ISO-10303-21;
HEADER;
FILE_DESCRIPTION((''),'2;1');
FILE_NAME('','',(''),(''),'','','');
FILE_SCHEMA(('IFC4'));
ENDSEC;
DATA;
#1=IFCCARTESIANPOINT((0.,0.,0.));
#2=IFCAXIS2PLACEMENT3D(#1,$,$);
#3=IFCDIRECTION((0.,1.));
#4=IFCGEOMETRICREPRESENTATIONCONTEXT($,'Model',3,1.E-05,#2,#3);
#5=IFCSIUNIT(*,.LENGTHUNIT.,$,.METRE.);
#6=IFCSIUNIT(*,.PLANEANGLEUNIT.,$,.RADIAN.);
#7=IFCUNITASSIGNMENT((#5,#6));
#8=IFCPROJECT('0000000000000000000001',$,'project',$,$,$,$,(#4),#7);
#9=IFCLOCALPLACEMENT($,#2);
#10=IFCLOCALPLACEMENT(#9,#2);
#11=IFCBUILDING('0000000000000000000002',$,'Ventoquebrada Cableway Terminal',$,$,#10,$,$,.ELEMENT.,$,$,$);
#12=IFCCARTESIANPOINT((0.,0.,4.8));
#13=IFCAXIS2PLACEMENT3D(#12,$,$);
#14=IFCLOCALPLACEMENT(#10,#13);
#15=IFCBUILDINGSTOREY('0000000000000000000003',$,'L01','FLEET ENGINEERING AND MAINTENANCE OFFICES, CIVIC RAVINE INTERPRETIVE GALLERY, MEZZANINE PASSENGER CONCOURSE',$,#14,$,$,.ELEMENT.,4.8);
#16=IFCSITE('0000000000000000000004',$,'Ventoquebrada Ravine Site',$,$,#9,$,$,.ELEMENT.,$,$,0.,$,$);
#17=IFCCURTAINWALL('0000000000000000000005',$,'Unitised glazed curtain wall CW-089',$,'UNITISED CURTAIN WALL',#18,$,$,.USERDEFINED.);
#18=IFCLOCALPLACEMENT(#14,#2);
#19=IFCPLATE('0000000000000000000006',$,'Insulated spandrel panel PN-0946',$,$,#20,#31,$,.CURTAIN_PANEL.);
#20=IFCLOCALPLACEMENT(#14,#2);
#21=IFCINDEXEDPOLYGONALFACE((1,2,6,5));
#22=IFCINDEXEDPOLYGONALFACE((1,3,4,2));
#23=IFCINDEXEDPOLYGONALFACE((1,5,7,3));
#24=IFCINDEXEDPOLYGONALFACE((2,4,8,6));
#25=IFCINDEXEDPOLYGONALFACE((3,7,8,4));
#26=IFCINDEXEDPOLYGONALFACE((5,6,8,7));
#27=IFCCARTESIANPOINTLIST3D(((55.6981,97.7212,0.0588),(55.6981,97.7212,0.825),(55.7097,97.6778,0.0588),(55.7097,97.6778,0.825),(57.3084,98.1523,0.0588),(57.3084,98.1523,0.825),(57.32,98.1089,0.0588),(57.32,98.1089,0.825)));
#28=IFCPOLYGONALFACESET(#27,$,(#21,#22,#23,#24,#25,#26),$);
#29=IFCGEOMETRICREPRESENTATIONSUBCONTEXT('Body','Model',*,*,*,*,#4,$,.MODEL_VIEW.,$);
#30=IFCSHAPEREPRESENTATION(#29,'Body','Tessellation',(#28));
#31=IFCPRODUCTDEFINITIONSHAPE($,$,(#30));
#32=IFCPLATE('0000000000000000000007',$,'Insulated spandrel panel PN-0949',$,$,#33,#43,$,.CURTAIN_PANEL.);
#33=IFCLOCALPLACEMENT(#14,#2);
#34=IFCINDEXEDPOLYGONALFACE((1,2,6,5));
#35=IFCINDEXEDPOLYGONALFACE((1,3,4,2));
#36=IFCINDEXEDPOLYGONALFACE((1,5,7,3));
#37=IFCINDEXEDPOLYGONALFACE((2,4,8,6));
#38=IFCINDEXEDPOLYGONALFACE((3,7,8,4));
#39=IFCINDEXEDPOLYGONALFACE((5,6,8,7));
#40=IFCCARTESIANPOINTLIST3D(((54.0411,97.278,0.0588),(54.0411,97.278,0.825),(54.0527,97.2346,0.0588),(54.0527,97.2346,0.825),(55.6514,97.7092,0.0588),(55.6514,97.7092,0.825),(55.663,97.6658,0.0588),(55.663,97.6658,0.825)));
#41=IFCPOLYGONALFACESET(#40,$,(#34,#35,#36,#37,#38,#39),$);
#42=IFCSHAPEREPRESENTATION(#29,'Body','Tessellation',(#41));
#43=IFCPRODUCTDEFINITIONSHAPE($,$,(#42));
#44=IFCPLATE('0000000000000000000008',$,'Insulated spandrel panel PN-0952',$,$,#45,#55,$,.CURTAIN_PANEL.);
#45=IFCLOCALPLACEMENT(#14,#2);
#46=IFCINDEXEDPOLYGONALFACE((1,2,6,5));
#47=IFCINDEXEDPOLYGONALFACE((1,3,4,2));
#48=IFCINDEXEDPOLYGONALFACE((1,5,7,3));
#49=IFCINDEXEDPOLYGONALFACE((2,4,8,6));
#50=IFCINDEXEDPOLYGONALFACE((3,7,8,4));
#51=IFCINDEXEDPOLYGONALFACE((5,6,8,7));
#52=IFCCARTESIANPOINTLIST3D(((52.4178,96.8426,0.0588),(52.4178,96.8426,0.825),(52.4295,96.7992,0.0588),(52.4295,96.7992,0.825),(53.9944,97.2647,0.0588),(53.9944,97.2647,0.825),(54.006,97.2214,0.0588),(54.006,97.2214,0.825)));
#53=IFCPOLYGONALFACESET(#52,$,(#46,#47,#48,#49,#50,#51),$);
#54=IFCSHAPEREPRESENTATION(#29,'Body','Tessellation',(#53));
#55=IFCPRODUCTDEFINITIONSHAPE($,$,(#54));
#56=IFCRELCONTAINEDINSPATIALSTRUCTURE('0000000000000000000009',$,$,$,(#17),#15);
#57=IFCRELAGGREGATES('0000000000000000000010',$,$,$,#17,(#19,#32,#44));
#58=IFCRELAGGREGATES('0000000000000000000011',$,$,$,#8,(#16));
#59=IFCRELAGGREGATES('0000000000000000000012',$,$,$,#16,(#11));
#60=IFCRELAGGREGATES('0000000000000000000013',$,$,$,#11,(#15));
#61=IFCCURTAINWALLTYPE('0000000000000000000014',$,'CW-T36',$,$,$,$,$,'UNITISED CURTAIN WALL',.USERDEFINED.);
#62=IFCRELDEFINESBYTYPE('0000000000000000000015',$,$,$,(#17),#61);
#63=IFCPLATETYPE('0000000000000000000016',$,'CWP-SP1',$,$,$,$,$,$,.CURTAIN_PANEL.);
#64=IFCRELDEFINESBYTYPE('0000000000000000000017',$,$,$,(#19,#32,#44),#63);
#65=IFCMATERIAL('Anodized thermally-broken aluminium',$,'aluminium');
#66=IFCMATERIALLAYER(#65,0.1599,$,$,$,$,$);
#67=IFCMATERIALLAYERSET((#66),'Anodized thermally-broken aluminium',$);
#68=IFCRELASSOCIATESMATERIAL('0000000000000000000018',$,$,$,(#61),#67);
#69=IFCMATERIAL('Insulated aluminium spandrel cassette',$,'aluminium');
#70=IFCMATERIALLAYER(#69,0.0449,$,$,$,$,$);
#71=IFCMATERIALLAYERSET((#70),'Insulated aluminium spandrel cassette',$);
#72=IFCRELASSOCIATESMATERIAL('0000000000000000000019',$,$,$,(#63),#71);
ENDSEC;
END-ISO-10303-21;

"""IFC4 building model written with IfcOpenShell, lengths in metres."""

from ifc_helpers import new_model, si_unit, direction, frame, origin, origin_2d, place, context, subcontext, project, spatial, rectangle, extrude, material, layer, layer_set, type_object, element, aggregate, save


model = new_model("IFC4")

# Units and contexts
model_context = context("Model", 3, precision=1e-05, world=origin(), true_north=direction((0.0, 1.0)))
body_context = subcontext(model_context, "Body", "Model", "MODEL_VIEW")
ifc_project = project(units=[si_unit("LENGTHUNIT", "METRE"), si_unit("PLANEANGLEUNIT", "RADIAN")], contexts=[model_context])

# Site, building, storey
site_placement = place(None, origin())
site = spatial("IfcSite", under=ifc_project, at=site_placement, Name="Ventoquebrada Ravine Site", CompositionType="ELEMENT", RefElevation=0.0)
building_placement = place(site_placement, origin())
building = spatial("IfcBuilding", under=site, at=building_placement, Name="Ventoquebrada Cableway Terminal", CompositionType="ELEMENT")
storey_placement = place(building_placement, frame((0.0, 0.0, 4.8)))
storey = spatial("IfcBuildingStorey", under=building, at=storey_placement, Name="L01", Description="FLEET ENGINEERING AND MAINTENANCE OFFICES, CIVIC RAVINE INTERPRETIVE GALLERY, MEZZANINE PASSENGER CONCOURSE", CompositionType="ELEMENT", Elevation=4.8)

# Shared definitions
ifc_material_1 = material(Name="Anodized thermally-broken aluminium", Category="aluminium")

# Curtain wall
ifc_layer_1 = layer(ifc_material_1, 0.1599)
ifc_layer_set_1 = layer_set([ifc_layer_1], Name="Anodized thermally-broken aluminium")
curtain_wall_type_1 = type_object("IfcCurtainWallType", Name="CW-T36", ElementType="UNITISED CURTAIN WALL", PredefinedType="USERDEFINED", material=ifc_layer_set_1)
curtain_wall_1_placement = place(storey_placement, origin())
curtain_wall_1 = element("IfcCurtainWall", 1, at=curtain_wall_1_placement, inside=storey, type_object=curtain_wall_type_1, Name="Unitised glazed curtain wall CW-089", ObjectType="UNITISED CURTAIN WALL", PredefinedType="USERDEFINED")

# Plates
ifc_material_2 = material(Name="Insulated aluminium spandrel cassette", Category="aluminium")
ifc_layer_2 = layer(ifc_material_2, 0.0449)
ifc_layer_set_2 = layer_set([ifc_layer_2], Name="Insulated aluminium spandrel cassette")
plate_type_1 = type_object("IfcPlateType", Name="CWP-SP1", PredefinedType="CURTAIN_PANEL", material=ifc_layer_set_2)
plate_1_placement = place(storey_placement, frame((56.509, 97.915, 0.0588), z_axis=(0.0, 0.0, 1.0), x_axis=(-0.965971, -0.25865, 0.0)))
plate_1 = element("IfcPlate", 2, at=plate_1_placement, type_object=plate_type_1, Name="Insulated spandrel panel PN-0946", PredefinedType="CURTAIN_PANEL", context=body_context, shape_type="SweptSolid", body=[
    extrude(rectangle(XDim=1.667, YDim=0.0449, at=origin_2d()), origin(), (0.0, 0.0, 1.0), 0.7661),
])
plate_2_placement = place(storey_placement, frame((54.8521, 97.4719, 0.0588), z_axis=(0.0, 0.0, 1.0), x_axis=(-0.965971, -0.25865, 0.0)))
plate_2 = element("IfcPlate", 3, at=plate_2_placement, type_object=plate_type_1, Name="Insulated spandrel panel PN-0949", PredefinedType="CURTAIN_PANEL", context=body_context, shape_type="SweptSolid", body=[
    extrude(rectangle(XDim=1.667, YDim=0.0449, at=origin_2d()), origin(), (0.0, 0.0, 1.0), 0.7661),
])
plate_3_placement = place(storey_placement, frame((53.2119, 97.032, 0.0588), z_axis=(0.0, 0.0, 1.0), x_axis=(-0.965971, -0.25865, 0.0)))
plate_3 = element("IfcPlate", 4, at=plate_3_placement, type_object=plate_type_1, Name="Insulated spandrel panel PN-0952", PredefinedType="CURTAIN_PANEL", context=body_context, shape_type="SweptSolid", body=[
    extrude(rectangle(XDim=1.6321, YDim=0.0449, at=origin_2d()), origin(), (0.0, 0.0, 1.0), 0.7661),
])
aggregate(curtain_wall_1, [plate_1, plate_2, plate_3])

save(model, "model.ifc")
